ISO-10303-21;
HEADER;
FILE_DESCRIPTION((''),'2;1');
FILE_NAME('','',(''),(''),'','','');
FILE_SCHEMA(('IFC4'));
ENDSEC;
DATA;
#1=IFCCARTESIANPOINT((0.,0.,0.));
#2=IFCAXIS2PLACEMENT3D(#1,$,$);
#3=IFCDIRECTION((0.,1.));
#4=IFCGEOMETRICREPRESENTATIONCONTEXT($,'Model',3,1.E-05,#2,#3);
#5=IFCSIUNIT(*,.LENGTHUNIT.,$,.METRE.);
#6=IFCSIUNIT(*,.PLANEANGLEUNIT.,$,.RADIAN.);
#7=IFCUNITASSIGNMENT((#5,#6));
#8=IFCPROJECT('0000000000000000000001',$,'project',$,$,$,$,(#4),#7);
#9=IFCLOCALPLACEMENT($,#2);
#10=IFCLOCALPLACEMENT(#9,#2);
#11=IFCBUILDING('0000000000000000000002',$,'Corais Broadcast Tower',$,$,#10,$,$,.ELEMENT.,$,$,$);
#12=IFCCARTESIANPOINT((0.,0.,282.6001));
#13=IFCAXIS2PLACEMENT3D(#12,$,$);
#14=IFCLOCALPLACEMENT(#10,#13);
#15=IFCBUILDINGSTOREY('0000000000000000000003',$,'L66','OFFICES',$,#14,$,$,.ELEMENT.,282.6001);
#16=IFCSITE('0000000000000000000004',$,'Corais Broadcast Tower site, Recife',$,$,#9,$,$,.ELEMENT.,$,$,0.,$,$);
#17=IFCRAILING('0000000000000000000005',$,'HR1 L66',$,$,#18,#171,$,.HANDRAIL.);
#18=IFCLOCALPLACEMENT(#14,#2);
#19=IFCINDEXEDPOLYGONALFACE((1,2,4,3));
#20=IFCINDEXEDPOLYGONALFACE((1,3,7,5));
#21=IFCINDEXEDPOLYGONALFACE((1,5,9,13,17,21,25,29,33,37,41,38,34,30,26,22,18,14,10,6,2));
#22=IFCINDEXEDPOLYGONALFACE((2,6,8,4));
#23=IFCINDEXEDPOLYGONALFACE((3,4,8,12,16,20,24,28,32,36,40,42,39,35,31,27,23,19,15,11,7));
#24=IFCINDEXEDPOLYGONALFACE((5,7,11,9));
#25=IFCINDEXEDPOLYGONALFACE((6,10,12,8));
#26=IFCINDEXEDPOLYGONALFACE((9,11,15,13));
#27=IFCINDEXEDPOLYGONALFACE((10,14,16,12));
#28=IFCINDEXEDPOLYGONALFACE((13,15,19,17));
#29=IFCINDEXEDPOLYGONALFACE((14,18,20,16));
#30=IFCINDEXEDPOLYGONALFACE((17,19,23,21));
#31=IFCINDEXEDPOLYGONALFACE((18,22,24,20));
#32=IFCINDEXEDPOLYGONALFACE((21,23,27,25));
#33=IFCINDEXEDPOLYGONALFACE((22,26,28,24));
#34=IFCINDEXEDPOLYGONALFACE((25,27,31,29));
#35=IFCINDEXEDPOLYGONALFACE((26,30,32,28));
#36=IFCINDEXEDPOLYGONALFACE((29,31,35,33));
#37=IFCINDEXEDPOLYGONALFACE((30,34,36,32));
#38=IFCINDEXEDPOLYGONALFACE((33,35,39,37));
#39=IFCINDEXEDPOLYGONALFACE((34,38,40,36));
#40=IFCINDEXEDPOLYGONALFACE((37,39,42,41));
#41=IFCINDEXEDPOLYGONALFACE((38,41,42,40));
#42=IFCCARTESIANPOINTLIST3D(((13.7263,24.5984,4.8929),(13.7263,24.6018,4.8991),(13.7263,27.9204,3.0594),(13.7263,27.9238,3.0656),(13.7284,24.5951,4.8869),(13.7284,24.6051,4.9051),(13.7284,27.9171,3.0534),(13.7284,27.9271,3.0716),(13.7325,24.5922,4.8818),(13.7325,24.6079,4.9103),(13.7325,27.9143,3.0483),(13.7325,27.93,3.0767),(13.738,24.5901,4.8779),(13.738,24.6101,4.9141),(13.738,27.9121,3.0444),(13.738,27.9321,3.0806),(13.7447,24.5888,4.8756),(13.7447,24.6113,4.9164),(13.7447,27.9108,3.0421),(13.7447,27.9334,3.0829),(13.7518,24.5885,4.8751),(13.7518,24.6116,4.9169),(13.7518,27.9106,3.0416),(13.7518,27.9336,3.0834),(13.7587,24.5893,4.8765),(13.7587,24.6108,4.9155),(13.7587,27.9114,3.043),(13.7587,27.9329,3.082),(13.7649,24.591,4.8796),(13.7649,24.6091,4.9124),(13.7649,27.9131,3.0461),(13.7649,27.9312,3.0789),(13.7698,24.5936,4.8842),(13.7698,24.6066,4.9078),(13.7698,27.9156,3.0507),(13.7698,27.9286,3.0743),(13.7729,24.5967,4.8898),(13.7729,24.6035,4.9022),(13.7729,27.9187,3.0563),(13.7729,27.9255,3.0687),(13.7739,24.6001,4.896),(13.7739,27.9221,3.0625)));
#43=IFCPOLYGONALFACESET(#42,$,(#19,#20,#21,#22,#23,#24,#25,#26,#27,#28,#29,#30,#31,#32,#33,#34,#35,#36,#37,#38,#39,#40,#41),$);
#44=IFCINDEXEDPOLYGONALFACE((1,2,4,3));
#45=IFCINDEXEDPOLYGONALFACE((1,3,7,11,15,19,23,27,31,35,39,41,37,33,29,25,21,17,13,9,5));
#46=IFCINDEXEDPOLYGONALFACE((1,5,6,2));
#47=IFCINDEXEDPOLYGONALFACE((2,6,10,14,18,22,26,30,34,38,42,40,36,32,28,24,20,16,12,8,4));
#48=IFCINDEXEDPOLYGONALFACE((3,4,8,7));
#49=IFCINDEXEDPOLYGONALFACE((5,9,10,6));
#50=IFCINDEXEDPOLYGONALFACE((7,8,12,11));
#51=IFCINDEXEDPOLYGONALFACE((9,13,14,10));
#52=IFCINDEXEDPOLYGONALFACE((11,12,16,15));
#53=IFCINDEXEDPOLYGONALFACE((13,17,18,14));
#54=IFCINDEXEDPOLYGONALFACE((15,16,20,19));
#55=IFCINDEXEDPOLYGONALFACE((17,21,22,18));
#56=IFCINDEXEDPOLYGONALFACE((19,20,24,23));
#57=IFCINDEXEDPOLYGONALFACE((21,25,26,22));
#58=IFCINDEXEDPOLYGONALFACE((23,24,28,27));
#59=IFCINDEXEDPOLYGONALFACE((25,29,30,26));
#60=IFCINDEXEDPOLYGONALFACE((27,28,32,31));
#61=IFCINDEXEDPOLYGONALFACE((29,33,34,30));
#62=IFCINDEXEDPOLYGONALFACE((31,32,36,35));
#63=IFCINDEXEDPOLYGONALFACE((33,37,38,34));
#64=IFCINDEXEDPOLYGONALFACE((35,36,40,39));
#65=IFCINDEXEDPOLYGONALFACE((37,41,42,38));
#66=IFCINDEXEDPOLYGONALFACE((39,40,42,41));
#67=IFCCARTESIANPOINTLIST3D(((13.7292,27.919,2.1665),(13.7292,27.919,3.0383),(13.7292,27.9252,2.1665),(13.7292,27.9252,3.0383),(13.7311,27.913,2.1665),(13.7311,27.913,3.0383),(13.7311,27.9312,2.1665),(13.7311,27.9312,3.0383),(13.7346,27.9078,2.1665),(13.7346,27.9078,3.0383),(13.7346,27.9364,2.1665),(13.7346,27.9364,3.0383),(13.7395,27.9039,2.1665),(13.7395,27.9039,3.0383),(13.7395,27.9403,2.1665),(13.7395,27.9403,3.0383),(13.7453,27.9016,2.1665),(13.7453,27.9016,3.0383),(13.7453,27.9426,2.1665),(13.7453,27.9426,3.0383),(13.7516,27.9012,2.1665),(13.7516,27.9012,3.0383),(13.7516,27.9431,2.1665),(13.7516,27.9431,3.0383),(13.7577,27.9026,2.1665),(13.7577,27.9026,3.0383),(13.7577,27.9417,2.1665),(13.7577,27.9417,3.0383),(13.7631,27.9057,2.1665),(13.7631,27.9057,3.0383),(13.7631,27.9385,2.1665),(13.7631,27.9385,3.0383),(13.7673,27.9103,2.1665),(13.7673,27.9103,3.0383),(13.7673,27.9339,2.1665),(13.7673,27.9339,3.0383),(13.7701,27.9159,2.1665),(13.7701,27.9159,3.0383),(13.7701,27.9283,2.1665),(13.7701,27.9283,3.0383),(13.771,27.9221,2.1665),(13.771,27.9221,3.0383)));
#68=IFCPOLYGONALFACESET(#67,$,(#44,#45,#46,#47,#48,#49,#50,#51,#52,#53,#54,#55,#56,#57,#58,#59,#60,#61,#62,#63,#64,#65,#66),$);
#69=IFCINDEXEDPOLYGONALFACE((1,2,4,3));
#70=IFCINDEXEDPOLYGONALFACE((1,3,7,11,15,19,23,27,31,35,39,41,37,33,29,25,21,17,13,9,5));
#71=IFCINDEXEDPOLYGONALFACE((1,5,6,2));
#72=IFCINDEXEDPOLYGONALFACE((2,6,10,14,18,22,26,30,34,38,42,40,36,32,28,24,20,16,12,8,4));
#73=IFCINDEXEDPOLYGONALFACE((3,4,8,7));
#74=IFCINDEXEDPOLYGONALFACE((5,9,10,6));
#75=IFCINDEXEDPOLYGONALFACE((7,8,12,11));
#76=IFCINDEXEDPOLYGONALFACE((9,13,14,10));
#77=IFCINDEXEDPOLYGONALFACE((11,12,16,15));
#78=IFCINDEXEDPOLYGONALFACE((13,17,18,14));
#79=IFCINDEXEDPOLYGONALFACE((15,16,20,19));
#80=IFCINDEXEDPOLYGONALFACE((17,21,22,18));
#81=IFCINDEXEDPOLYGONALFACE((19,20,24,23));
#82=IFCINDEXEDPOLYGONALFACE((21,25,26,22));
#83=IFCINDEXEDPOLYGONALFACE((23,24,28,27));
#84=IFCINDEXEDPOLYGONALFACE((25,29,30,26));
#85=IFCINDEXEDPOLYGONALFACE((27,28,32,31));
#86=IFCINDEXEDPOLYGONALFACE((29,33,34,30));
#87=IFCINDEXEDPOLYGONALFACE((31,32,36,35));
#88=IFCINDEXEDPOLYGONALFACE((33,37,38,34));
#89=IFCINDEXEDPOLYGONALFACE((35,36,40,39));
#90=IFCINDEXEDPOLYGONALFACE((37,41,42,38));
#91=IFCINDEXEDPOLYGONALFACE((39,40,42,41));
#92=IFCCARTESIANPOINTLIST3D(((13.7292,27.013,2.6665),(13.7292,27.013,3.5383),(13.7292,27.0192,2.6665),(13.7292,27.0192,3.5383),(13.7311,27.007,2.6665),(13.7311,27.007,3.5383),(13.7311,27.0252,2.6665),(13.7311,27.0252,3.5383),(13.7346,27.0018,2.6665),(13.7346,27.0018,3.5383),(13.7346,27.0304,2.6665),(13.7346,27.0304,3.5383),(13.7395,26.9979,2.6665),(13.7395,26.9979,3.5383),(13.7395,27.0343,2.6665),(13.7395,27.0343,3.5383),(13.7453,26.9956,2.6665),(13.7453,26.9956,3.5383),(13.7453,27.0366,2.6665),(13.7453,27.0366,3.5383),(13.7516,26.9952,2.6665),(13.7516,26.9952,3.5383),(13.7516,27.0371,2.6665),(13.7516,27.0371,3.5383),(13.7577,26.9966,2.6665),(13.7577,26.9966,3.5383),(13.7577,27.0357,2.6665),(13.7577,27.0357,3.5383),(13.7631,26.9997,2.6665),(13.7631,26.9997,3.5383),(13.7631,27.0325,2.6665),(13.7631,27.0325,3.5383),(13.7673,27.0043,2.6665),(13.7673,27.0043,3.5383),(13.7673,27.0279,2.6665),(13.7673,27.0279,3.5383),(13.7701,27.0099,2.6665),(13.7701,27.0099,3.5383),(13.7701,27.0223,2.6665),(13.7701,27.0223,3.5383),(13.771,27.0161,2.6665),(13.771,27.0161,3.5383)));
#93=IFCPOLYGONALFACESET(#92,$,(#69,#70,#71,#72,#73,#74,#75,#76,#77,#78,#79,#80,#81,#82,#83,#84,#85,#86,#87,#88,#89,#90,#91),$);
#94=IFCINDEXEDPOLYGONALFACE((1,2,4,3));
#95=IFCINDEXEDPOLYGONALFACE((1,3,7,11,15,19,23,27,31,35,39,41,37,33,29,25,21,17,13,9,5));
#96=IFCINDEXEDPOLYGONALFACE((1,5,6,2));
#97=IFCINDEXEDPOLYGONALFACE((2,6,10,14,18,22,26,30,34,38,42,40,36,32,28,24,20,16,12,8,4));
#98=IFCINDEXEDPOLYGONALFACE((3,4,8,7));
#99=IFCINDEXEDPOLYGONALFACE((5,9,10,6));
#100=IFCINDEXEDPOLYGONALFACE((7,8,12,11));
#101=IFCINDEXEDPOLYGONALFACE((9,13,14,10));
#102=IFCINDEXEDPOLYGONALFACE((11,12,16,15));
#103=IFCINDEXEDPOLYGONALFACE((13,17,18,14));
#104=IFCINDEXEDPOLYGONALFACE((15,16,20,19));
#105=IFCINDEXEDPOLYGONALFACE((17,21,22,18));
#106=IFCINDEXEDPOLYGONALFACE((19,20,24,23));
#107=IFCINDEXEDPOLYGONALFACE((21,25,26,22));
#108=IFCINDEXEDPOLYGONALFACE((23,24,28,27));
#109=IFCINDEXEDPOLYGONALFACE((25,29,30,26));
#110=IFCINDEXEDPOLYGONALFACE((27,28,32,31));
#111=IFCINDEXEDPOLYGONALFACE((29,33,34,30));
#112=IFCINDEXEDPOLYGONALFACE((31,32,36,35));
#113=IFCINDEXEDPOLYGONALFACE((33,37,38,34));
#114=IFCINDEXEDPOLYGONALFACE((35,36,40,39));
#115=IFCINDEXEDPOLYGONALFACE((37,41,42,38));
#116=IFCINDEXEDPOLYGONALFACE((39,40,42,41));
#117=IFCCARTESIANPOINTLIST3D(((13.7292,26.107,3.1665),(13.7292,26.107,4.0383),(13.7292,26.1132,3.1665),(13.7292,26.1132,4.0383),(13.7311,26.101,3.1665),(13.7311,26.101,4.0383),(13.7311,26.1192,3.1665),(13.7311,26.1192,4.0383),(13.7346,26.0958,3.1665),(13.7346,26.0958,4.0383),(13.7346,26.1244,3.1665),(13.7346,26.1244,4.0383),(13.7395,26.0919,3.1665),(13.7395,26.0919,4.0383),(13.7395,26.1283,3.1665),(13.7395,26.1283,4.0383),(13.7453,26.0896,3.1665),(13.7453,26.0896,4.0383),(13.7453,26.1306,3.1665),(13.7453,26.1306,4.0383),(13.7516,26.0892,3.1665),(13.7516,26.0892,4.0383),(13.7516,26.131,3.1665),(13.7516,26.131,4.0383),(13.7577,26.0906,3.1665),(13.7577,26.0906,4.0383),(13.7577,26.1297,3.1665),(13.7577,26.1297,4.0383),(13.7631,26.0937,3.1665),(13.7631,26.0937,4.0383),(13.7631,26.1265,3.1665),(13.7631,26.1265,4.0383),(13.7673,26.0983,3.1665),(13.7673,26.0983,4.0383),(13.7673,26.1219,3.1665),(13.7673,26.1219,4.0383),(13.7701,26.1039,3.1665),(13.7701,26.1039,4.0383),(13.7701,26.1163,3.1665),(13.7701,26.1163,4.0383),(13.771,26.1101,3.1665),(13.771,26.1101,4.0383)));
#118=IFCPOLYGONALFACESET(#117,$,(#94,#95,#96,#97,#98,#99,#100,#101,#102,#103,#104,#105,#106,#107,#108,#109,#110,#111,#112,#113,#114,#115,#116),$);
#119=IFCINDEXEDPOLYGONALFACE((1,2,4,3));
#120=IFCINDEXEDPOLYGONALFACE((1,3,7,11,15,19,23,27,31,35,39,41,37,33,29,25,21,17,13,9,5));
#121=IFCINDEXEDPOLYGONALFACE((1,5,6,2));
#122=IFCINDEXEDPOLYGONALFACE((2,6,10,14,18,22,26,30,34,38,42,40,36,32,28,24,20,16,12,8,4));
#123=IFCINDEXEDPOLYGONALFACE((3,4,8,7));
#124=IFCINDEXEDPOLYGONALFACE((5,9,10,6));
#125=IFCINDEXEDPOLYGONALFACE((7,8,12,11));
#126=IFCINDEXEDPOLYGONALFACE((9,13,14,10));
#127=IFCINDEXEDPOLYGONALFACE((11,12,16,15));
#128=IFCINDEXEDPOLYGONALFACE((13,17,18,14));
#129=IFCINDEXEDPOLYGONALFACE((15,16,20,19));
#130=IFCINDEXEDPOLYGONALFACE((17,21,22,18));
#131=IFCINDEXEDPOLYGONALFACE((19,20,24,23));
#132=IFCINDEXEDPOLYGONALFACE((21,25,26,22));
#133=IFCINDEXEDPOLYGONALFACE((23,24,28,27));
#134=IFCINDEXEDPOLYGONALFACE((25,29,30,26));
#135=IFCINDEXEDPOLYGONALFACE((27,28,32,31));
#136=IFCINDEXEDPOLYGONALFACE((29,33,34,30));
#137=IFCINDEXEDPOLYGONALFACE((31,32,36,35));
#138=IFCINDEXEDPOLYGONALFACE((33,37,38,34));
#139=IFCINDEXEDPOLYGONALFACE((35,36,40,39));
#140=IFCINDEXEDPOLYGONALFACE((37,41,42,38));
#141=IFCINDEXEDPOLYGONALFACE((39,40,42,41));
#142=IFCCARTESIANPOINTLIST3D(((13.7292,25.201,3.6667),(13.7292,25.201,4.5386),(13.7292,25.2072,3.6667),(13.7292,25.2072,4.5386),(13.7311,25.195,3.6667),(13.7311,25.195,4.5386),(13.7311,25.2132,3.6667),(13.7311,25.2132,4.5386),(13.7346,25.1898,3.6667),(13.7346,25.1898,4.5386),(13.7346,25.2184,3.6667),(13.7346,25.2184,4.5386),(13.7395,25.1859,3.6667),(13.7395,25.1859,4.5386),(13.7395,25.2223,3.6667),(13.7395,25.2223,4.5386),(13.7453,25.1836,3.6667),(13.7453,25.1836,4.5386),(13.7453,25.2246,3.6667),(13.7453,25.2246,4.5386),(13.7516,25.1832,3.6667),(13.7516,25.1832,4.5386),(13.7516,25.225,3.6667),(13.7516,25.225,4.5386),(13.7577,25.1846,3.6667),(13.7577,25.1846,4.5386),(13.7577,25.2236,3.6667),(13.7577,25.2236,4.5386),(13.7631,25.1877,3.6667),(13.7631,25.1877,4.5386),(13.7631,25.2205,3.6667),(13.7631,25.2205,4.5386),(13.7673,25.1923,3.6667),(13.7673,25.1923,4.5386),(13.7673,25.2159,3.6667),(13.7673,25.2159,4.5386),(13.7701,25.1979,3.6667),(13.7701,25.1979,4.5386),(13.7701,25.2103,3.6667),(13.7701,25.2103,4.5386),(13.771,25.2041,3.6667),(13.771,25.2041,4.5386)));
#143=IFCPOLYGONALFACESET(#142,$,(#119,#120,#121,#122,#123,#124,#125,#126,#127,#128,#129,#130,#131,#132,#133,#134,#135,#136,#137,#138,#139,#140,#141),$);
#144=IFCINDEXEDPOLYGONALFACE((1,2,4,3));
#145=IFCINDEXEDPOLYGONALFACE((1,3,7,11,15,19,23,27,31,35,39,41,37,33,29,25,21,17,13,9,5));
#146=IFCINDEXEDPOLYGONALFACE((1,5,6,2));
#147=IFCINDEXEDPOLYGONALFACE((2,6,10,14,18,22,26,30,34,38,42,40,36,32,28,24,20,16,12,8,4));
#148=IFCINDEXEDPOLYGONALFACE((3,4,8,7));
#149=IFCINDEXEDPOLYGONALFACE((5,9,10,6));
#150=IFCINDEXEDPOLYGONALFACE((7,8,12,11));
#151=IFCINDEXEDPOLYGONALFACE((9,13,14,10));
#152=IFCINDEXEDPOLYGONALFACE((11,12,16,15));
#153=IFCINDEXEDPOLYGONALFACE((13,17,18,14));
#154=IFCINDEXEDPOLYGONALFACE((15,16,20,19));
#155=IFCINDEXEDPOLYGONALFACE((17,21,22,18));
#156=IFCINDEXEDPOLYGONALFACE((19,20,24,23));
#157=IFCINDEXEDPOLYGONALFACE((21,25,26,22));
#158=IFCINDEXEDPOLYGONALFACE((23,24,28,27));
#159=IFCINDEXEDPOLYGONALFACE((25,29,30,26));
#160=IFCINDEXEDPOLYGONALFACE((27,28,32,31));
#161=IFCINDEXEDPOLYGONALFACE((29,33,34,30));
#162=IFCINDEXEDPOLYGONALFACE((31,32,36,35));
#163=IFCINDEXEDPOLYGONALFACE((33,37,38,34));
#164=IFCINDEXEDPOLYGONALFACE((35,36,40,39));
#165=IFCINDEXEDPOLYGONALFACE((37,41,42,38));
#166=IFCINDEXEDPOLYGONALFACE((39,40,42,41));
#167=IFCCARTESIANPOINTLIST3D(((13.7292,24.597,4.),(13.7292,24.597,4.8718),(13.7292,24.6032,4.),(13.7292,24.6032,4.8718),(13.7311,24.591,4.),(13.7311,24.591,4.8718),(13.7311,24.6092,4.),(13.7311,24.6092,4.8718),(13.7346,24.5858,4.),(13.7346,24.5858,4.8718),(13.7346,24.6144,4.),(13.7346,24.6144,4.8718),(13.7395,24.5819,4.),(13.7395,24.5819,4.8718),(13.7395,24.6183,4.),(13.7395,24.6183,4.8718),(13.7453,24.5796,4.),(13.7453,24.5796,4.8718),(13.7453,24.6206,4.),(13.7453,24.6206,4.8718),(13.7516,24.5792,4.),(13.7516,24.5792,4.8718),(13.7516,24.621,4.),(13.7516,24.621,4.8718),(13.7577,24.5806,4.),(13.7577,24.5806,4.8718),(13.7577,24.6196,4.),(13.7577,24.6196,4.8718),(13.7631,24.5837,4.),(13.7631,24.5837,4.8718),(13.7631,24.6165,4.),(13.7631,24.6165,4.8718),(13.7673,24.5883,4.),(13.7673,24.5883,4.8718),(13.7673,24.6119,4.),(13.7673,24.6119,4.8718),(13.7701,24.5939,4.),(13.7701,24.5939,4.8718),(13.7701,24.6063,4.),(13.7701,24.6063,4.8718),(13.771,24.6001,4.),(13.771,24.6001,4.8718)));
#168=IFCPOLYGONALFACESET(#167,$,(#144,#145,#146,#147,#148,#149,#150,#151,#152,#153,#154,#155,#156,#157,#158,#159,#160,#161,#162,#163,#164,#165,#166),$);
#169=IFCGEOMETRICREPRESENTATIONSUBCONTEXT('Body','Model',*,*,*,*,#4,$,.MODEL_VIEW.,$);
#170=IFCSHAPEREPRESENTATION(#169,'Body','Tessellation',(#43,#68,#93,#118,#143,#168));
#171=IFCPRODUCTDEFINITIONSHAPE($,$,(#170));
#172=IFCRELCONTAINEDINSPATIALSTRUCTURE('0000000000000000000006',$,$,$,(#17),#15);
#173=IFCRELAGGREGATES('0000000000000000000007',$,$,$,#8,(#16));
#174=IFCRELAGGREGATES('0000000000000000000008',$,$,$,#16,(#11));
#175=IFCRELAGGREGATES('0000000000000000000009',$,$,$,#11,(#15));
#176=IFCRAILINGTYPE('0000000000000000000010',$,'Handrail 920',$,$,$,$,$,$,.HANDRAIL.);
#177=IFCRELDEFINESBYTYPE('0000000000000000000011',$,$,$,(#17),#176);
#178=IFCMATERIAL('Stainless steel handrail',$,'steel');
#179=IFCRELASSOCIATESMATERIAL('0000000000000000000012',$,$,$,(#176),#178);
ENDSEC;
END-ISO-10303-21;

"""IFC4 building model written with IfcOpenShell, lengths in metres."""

from ifc_helpers import new_model, si_unit, direction, frame, origin, origin_2d, place, context, subcontext, project, spatial, circle, extrude, material, type_object, element, save


model = new_model("IFC4")

# Units and contexts
model_context = context("Model", 3, precision=1e-05, world=origin(), true_north=direction((0.0, 1.0)))
body_context = subcontext(model_context, "Body", "Model", "MODEL_VIEW")
ifc_project = project(units=[si_unit("LENGTHUNIT", "METRE"), si_unit("PLANEANGLEUNIT", "RADIAN")], contexts=[model_context])

# Site, building, storey
site_placement = place(None, origin())
site = spatial("IfcSite", under=ifc_project, at=site_placement, Name="Corais Broadcast Tower site, Recife", CompositionType="ELEMENT", RefElevation=0.0)
building_placement = place(site_placement, origin())
building = spatial("IfcBuilding", under=site, at=building_placement, Name="Corais Broadcast Tower", CompositionType="ELEMENT")
storey_placement = place(building_placement, frame((0.0, 0.0, 282.6001)))
storey = spatial("IfcBuildingStorey", under=building, at=storey_placement, Name="L66", Description="OFFICES", CompositionType="ELEMENT", Elevation=282.6001)

# Railing
ifc_material_1 = material(Name="Stainless steel handrail", Category="steel")
railing_type = type_object("IfcRailingType", Name="Handrail 920", PredefinedType="HANDRAIL", material=ifc_material_1)
railing_placement = place(storey_placement, frame((13.75, 27.9221, 2.1665)))
element("IfcRailing", 1, at=railing_placement, inside=storey, type_object=railing_type, Name="HR1 L66", PredefinedType="HANDRAIL", context=body_context, shape_type="SweptSolid", body=[
    extrude(circle(Radius=0.0239, at=origin_2d()), frame((0.0, 0.0, 0.896), z_axis=(0.0, -0.875504, 0.48321), x_axis=(1.0, 0.0, 0.0)), (0.0, 0.0, 1.0), 3.7944),
    extrude(circle(Radius=0.021, at=origin_2d()), origin(), (0.0, 0.0, 1.0), 0.8718),
    extrude(circle(Radius=0.021, at=origin_2d()), frame((0.0, -0.906, 0.5)), (0.0, 0.0, 1.0), 0.8718),
    extrude(circle(Radius=0.021, at=origin_2d()), frame((0.0, -1.812, 1.0)), (0.0, 0.0, 1.0), 0.8718),
    extrude(circle(Radius=0.021, at=origin_2d()), frame((0.0, -2.718, 1.5002)), (0.0, 0.0, 1.0), 0.8718),
    extrude(circle(Radius=0.021, at=origin_2d()), frame((0.0, -3.322, 1.8335)), (0.0, 0.0, 1.0), 0.8718),
])

save(model, "model.ifc")
